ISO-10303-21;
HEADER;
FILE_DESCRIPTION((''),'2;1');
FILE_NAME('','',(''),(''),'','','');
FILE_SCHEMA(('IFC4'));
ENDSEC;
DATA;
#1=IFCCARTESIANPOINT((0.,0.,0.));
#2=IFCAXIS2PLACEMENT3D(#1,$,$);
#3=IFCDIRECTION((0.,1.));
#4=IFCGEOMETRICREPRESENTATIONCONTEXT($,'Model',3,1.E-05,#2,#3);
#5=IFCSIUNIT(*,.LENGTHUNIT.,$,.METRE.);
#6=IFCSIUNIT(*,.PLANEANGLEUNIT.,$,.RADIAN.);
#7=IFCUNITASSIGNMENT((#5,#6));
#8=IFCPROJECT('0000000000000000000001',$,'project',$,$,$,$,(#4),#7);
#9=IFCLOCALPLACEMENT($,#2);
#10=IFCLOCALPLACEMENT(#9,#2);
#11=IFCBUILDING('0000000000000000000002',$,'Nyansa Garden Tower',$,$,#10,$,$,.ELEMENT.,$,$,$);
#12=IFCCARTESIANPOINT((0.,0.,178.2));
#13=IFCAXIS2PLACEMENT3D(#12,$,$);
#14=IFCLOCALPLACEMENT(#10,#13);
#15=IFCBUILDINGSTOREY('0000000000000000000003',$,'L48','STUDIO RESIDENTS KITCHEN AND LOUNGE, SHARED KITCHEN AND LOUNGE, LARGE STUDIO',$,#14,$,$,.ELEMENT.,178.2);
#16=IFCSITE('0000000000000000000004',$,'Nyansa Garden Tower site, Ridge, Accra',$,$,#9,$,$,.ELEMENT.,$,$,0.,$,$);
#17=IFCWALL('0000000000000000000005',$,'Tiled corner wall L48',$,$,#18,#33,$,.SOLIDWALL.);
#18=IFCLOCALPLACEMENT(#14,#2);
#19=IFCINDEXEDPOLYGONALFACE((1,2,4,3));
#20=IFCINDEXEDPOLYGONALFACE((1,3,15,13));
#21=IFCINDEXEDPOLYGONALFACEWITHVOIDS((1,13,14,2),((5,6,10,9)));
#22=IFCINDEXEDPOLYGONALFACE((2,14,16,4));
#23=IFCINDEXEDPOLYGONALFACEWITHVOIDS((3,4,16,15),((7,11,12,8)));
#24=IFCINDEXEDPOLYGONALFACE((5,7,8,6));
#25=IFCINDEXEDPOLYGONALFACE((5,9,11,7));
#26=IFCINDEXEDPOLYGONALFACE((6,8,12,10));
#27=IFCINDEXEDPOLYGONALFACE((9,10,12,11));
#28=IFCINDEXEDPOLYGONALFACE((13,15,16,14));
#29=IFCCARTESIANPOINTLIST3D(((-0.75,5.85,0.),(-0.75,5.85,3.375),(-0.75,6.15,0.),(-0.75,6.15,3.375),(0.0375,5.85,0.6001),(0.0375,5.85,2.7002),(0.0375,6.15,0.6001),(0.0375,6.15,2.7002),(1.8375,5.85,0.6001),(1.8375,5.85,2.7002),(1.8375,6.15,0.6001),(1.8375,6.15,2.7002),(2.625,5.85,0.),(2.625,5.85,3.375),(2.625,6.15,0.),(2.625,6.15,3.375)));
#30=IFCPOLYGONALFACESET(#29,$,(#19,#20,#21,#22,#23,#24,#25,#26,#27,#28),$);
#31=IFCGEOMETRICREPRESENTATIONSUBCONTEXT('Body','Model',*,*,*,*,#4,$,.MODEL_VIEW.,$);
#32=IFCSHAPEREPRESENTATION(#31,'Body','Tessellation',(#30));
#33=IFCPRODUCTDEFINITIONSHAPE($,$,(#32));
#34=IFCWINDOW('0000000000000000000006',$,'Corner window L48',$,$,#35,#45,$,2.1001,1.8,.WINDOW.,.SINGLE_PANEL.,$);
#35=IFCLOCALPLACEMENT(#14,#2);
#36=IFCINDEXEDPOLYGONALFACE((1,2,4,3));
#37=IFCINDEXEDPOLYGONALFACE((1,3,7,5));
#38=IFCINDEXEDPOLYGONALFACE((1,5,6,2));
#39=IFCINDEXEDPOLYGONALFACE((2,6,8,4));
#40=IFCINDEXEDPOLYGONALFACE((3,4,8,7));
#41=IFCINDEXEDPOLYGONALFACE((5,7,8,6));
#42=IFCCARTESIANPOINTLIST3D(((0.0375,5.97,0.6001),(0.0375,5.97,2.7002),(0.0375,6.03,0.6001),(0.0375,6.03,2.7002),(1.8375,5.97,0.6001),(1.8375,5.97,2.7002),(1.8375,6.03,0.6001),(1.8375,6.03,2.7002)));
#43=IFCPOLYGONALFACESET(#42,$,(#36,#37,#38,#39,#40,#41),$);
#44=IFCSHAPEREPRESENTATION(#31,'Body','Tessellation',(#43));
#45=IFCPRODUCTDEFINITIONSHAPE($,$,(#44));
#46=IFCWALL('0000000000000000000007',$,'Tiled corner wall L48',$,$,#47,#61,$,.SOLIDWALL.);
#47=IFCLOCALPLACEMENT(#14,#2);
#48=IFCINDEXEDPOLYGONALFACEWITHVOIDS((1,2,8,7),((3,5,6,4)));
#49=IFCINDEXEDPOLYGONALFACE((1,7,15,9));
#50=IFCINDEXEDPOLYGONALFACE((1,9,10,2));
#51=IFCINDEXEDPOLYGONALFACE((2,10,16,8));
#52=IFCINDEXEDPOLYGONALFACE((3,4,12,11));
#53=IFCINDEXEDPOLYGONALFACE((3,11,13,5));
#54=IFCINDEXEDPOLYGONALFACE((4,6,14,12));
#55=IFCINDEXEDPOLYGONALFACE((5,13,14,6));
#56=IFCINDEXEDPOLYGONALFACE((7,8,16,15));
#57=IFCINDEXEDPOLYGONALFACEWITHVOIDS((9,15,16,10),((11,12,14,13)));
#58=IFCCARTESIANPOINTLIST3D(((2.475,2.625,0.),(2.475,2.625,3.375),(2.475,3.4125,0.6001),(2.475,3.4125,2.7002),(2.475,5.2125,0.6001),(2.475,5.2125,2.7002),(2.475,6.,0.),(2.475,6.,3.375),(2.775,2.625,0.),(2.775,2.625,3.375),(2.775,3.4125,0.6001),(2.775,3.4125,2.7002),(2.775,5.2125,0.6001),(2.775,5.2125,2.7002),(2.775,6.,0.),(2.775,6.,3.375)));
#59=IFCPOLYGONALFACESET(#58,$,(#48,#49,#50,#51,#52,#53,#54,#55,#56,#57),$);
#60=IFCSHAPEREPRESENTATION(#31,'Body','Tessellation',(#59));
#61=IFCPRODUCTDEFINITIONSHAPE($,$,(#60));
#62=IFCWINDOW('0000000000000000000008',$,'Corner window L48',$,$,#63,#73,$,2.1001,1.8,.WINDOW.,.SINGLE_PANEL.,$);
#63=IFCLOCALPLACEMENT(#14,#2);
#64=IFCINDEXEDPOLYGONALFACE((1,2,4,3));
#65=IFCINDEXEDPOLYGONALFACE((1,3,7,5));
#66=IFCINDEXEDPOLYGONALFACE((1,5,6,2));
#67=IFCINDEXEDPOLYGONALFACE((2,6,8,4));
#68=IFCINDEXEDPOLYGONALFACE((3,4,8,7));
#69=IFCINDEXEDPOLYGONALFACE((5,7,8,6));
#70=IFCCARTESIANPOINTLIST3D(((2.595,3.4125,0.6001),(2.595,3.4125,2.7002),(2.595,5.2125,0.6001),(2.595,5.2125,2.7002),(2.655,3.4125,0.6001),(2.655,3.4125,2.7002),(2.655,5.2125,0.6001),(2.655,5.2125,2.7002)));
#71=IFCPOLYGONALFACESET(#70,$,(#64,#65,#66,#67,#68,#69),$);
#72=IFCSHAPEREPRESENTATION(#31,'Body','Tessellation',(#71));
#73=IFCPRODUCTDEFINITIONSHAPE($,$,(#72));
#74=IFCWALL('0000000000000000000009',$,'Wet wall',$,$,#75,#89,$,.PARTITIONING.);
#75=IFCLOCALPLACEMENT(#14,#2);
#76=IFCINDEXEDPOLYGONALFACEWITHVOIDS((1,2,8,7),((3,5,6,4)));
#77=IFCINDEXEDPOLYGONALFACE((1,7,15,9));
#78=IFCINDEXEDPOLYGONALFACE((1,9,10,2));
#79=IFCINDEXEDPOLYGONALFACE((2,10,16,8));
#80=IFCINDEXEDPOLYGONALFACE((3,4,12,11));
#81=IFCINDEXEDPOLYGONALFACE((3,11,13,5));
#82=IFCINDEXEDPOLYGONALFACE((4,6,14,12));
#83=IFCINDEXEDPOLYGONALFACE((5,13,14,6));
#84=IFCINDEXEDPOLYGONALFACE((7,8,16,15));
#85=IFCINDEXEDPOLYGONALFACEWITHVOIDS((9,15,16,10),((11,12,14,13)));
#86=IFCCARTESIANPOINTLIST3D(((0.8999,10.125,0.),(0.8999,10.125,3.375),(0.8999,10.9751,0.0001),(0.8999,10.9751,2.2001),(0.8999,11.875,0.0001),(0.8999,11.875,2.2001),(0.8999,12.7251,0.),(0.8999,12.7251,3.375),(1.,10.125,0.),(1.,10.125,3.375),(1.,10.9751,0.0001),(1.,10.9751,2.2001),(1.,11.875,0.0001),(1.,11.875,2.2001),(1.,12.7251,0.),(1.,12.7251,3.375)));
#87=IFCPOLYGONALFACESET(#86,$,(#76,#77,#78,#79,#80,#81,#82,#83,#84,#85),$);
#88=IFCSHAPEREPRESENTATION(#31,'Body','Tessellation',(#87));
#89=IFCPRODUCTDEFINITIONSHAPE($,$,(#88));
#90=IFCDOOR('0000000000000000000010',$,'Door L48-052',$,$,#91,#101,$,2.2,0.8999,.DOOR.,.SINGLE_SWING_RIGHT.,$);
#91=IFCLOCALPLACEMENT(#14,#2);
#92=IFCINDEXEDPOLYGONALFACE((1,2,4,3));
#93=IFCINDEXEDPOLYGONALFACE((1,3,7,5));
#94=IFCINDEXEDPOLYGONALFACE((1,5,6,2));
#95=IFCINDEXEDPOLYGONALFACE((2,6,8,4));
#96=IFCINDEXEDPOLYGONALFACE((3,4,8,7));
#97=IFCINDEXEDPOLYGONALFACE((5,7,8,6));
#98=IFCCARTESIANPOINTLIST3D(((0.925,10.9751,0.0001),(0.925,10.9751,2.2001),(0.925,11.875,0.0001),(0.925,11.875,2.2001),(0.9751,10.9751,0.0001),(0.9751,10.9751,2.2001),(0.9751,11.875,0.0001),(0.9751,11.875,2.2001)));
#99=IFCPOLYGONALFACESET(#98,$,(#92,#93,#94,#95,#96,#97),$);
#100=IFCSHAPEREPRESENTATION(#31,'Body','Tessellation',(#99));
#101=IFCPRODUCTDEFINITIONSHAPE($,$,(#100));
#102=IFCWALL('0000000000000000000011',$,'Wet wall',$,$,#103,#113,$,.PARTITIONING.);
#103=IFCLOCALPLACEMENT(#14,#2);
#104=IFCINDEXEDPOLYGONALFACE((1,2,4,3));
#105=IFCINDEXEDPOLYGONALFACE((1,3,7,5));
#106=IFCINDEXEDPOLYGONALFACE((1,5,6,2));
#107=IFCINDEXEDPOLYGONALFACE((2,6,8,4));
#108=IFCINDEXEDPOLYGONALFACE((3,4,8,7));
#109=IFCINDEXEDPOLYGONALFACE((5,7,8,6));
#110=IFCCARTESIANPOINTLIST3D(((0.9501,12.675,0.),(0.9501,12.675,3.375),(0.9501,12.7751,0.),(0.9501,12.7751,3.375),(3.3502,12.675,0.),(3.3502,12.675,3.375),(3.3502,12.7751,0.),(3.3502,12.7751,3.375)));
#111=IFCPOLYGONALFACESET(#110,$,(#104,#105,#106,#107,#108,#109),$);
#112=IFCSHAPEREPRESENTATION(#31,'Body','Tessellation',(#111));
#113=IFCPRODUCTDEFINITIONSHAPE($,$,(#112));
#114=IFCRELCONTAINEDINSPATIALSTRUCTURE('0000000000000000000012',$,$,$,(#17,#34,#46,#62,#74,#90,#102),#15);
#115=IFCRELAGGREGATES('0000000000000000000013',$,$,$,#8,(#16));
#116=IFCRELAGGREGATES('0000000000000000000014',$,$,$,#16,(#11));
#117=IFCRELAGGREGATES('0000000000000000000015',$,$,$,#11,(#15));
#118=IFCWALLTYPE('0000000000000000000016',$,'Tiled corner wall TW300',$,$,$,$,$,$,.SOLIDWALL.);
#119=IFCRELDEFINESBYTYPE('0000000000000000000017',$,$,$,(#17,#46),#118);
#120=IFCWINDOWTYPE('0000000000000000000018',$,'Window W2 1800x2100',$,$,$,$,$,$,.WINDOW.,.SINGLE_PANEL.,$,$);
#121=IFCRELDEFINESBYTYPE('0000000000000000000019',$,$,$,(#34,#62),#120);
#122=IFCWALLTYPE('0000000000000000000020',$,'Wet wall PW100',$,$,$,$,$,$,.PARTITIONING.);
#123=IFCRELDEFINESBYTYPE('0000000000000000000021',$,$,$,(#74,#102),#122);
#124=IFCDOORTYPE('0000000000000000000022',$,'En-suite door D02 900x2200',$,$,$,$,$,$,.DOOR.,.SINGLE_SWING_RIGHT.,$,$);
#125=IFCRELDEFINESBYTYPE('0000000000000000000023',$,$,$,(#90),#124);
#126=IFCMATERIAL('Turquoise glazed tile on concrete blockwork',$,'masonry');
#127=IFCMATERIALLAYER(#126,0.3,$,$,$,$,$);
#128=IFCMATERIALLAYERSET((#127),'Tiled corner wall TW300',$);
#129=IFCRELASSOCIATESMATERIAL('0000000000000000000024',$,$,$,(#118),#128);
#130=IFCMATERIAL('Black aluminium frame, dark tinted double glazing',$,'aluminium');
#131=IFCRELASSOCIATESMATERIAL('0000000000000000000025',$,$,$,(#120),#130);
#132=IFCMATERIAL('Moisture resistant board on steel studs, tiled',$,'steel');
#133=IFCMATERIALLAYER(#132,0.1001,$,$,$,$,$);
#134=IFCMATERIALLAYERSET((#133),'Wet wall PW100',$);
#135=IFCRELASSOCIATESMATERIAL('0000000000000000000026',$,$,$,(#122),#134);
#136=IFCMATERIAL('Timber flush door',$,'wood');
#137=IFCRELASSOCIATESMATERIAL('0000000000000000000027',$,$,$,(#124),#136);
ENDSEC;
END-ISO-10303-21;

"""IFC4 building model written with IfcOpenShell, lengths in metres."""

from ifc_helpers import new_model, si_unit, direction, frame, frame_2d, origin, place, context, subcontext, project, spatial, rectangle, extrude, material, layer, layer_set, type_object, element, fill, save


model = new_model("IFC4")

# Units and contexts
model_context = context("Model", 3, precision=1e-05, world=origin(), true_north=direction((0.0, 1.0)))
body_context = subcontext(model_context, "Body", "Model", "MODEL_VIEW")
ifc_project = project(units=[si_unit("LENGTHUNIT", "METRE"), si_unit("PLANEANGLEUNIT", "RADIAN")], contexts=[model_context])

# Site, building, storey
site_placement = place(None, origin())
site = spatial("IfcSite", under=ifc_project, at=site_placement, Name="Nyansa Garden Tower site, Ridge, Accra", CompositionType="ELEMENT", RefElevation=0.0)
building_placement = place(site_placement, origin())
building = spatial("IfcBuilding", under=site, at=building_placement, Name="Nyansa Garden Tower", CompositionType="ELEMENT")
storey_placement = place(building_placement, frame((0.0, 0.0, 178.2)))
storey = spatial("IfcBuildingStorey", under=building, at=storey_placement, Name="L48", Description="STUDIO RESIDENTS KITCHEN AND LOUNGE, SHARED KITCHEN AND LOUNGE, LARGE STUDIO", CompositionType="ELEMENT", Elevation=178.2)

# Walls, openings, windows
ifc_material_1 = material(Name="Turquoise glazed tile on concrete blockwork", Category="masonry")
ifc_layer_1 = layer(ifc_material_1, 0.3)
ifc_layer_set_1 = layer_set([ifc_layer_1], Name="Tiled corner wall TW300")
wall_type_1 = type_object("IfcWallType", Name="Tiled corner wall TW300", PredefinedType="SOLIDWALL", material=ifc_layer_set_1)
wall_1_placement = place(storey_placement, frame((-0.75, 6.0, 0.0), z_axis=(0.0, 0.0, 1.0), x_axis=(1.0, 0.0, 0.0)))
wall_1 = element("IfcWall", 1, at=wall_1_placement, inside=storey, type_object=wall_type_1, Name="Tiled corner wall L48", PredefinedType="SOLIDWALL", context=body_context, shape_type="SweptSolid", body=[
    extrude(rectangle(XDim=3.375, YDim=0.3, at=frame_2d((1.6875, 0.0))), origin(), (0.0, 0.0, 1.0), 3.375),
])
opening_1_placement = place(wall_1_placement, frame((0.7876, 0.0, 0.6001)))
opening_1 = element("IfcOpeningElement", 2, at=opening_1_placement, cuts=wall_1, PredefinedType="OPENING", context=body_context, shape_type="SweptSolid", body=[
    extrude(rectangle(XDim=1.8, YDim=2.1001, at=frame_2d((0.8999, 1.05))), frame((0.0, 0.1599, 0.0), z_axis=(0.0, -1.0, 0.0), x_axis=(1.0, 0.0, 0.0)), (0.0, 0.0, 1.0), 0.3201),
])
ifc_material_2 = material(Name="Black aluminium frame, dark tinted double glazing", Category="aluminium")
window_type_1 = type_object("IfcWindowType", Name="Window W2 1800x2100", PartitioningType="SINGLE_PANEL", PredefinedType="WINDOW", material=ifc_material_2)
window_1_placement = place(opening_1_placement, origin())
window_1 = element("IfcWindow", 3, at=window_1_placement, inside=storey, type_object=window_type_1, Name="Corner window L48", OverallHeight=2.1001, OverallWidth=1.8, PartitioningType="SINGLE_PANEL", PredefinedType="WINDOW", context=body_context, shape_type="SweptSolid", body=[
    extrude(rectangle(XDim=1.8, YDim=2.1001, at=frame_2d((0.8999, 1.05))), frame((0.0, 0.03, 0.0), z_axis=(0.0, -1.0, 0.0), x_axis=(1.0, 0.0, 0.0)), (0.0, 0.0, 1.0), 0.0601),
])
fill(opening_1, window_1)
wall_2_placement = place(storey_placement, frame((2.625, 6.0, 0.0), z_axis=(0.0, 0.0, 1.0), x_axis=(0.0, -1.0, 0.0)))
wall_2 = element("IfcWall", 4, at=wall_2_placement, inside=storey, type_object=wall_type_1, Name="Tiled corner wall L48", PredefinedType="SOLIDWALL", context=body_context, shape_type="SweptSolid", body=[
    extrude(rectangle(XDim=3.375, YDim=0.3, at=frame_2d((1.6875, 0.0))), origin(), (0.0, 0.0, 1.0), 3.375),
])
opening_2_placement = place(wall_2_placement, frame((0.7876, 0.0, 0.6001)))
opening_2 = element("IfcOpeningElement", 5, at=opening_2_placement, cuts=wall_2, PredefinedType="OPENING", context=body_context, shape_type="SweptSolid", body=[
    extrude(rectangle(XDim=1.8, YDim=2.1001, at=frame_2d((0.8999, 1.05))), frame((0.0, 0.1599, 0.0), z_axis=(0.0, -1.0, 0.0), x_axis=(1.0, 0.0, 0.0)), (0.0, 0.0, 1.0), 0.3201),
])
window_2_placement = place(opening_2_placement, origin())
window_2 = element("IfcWindow", 6, at=window_2_placement, inside=storey, type_object=window_type_1, Name="Corner window L48", OverallHeight=2.1001, OverallWidth=1.8, PartitioningType="SINGLE_PANEL", PredefinedType="WINDOW", context=body_context, shape_type="SweptSolid", body=[
    extrude(rectangle(XDim=1.8, YDim=2.1001, at=frame_2d((0.8999, 1.05))), frame((0.0, 0.03, 0.0), z_axis=(0.0, -1.0, 0.0), x_axis=(1.0, 0.0, 0.0)), (0.0, 0.0, 1.0), 0.0601),
])
fill(opening_2, window_2)

# Wall, opening, door
ifc_material_3 = material(Name="Moisture resistant board on steel studs, tiled", Category="steel")
ifc_layer_2 = layer(ifc_material_3, 0.1001)
ifc_layer_set_2 = layer_set([ifc_layer_2], Name="Wet wall PW100")
wall_type_2 = type_object("IfcWallType", Name="Wet wall PW100", PredefinedType="PARTITIONING", material=ifc_layer_set_2)
wall_3_placement = place(storey_placement, frame((0.95, 10.125, 0.0), z_axis=(0.0, 0.0, 1.0), x_axis=(0.0, 1.0, 0.0)))
wall_3 = element("IfcWall", 7, at=wall_3_placement, inside=storey, type_object=wall_type_2, Name="Wet wall", PredefinedType="PARTITIONING", context=body_context, shape_type="SweptSolid", body=[
    extrude(rectangle(XDim=2.6001, YDim=0.1001, at=frame_2d((1.3, 0.0))), origin(), (0.0, 0.0, 1.0), 3.375),
])
opening_3_placement = place(wall_3_placement, frame((0.8501, 0.0, 0.0)))
opening_3 = element("IfcOpeningElement", 8, at=opening_3_placement, cuts=wall_3, PredefinedType="OPENING", context=body_context, shape_type="SweptSolid", body=[
    extrude(rectangle(XDim=0.8999, YDim=2.2, at=frame_2d((0.45, 1.1001))), frame((0.0, 0.0601, 0.0), z_axis=(0.0, -1.0, 0.0), x_axis=(1.0, 0.0, 0.0)), (0.0, 0.0, 1.0), 0.1201),
])
ifc_material_4 = material(Name="Timber flush door", Category="wood")
door_type_1 = type_object("IfcDoorType", Name="En-suite door D02 900x2200", OperationType="SINGLE_SWING_RIGHT", PredefinedType="DOOR", material=ifc_material_4)
door_1_placement = place(opening_3_placement, origin())
door_1 = element("IfcDoor", 9, at=door_1_placement, inside=storey, type_object=door_type_1, Name="Door L48-052", OperationType="SINGLE_SWING_RIGHT", OverallHeight=2.2, OverallWidth=0.8999, PredefinedType="DOOR", context=body_context, shape_type="SweptSolid", body=[
    extrude(rectangle(XDim=0.8999, YDim=2.2, at=frame_2d((0.45, 1.1001))), frame((0.0, 0.0249, 0.0), z_axis=(0.0, -1.0, 0.0), x_axis=(1.0, 0.0, 0.0)), (0.0, 0.0, 1.0), 0.05),
])
fill(opening_3, door_1)

# Wall
wall_4_placement = place(storey_placement, frame((0.95, 12.7251, 0.0), z_axis=(0.0, 0.0, 1.0), x_axis=(1.0, 0.0, 0.0)))
element("IfcWall", 10, at=wall_4_placement, inside=storey, type_object=wall_type_2, Name="Wet wall", PredefinedType="PARTITIONING", context=body_context, shape_type="SweptSolid", body=[
    extrude(rectangle(XDim=2.4001, YDim=0.1001, at=frame_2d((1.2002, 0.0))), origin(), (0.0, 0.0, 1.0), 3.375),
])

save(model, "model.ifc")
